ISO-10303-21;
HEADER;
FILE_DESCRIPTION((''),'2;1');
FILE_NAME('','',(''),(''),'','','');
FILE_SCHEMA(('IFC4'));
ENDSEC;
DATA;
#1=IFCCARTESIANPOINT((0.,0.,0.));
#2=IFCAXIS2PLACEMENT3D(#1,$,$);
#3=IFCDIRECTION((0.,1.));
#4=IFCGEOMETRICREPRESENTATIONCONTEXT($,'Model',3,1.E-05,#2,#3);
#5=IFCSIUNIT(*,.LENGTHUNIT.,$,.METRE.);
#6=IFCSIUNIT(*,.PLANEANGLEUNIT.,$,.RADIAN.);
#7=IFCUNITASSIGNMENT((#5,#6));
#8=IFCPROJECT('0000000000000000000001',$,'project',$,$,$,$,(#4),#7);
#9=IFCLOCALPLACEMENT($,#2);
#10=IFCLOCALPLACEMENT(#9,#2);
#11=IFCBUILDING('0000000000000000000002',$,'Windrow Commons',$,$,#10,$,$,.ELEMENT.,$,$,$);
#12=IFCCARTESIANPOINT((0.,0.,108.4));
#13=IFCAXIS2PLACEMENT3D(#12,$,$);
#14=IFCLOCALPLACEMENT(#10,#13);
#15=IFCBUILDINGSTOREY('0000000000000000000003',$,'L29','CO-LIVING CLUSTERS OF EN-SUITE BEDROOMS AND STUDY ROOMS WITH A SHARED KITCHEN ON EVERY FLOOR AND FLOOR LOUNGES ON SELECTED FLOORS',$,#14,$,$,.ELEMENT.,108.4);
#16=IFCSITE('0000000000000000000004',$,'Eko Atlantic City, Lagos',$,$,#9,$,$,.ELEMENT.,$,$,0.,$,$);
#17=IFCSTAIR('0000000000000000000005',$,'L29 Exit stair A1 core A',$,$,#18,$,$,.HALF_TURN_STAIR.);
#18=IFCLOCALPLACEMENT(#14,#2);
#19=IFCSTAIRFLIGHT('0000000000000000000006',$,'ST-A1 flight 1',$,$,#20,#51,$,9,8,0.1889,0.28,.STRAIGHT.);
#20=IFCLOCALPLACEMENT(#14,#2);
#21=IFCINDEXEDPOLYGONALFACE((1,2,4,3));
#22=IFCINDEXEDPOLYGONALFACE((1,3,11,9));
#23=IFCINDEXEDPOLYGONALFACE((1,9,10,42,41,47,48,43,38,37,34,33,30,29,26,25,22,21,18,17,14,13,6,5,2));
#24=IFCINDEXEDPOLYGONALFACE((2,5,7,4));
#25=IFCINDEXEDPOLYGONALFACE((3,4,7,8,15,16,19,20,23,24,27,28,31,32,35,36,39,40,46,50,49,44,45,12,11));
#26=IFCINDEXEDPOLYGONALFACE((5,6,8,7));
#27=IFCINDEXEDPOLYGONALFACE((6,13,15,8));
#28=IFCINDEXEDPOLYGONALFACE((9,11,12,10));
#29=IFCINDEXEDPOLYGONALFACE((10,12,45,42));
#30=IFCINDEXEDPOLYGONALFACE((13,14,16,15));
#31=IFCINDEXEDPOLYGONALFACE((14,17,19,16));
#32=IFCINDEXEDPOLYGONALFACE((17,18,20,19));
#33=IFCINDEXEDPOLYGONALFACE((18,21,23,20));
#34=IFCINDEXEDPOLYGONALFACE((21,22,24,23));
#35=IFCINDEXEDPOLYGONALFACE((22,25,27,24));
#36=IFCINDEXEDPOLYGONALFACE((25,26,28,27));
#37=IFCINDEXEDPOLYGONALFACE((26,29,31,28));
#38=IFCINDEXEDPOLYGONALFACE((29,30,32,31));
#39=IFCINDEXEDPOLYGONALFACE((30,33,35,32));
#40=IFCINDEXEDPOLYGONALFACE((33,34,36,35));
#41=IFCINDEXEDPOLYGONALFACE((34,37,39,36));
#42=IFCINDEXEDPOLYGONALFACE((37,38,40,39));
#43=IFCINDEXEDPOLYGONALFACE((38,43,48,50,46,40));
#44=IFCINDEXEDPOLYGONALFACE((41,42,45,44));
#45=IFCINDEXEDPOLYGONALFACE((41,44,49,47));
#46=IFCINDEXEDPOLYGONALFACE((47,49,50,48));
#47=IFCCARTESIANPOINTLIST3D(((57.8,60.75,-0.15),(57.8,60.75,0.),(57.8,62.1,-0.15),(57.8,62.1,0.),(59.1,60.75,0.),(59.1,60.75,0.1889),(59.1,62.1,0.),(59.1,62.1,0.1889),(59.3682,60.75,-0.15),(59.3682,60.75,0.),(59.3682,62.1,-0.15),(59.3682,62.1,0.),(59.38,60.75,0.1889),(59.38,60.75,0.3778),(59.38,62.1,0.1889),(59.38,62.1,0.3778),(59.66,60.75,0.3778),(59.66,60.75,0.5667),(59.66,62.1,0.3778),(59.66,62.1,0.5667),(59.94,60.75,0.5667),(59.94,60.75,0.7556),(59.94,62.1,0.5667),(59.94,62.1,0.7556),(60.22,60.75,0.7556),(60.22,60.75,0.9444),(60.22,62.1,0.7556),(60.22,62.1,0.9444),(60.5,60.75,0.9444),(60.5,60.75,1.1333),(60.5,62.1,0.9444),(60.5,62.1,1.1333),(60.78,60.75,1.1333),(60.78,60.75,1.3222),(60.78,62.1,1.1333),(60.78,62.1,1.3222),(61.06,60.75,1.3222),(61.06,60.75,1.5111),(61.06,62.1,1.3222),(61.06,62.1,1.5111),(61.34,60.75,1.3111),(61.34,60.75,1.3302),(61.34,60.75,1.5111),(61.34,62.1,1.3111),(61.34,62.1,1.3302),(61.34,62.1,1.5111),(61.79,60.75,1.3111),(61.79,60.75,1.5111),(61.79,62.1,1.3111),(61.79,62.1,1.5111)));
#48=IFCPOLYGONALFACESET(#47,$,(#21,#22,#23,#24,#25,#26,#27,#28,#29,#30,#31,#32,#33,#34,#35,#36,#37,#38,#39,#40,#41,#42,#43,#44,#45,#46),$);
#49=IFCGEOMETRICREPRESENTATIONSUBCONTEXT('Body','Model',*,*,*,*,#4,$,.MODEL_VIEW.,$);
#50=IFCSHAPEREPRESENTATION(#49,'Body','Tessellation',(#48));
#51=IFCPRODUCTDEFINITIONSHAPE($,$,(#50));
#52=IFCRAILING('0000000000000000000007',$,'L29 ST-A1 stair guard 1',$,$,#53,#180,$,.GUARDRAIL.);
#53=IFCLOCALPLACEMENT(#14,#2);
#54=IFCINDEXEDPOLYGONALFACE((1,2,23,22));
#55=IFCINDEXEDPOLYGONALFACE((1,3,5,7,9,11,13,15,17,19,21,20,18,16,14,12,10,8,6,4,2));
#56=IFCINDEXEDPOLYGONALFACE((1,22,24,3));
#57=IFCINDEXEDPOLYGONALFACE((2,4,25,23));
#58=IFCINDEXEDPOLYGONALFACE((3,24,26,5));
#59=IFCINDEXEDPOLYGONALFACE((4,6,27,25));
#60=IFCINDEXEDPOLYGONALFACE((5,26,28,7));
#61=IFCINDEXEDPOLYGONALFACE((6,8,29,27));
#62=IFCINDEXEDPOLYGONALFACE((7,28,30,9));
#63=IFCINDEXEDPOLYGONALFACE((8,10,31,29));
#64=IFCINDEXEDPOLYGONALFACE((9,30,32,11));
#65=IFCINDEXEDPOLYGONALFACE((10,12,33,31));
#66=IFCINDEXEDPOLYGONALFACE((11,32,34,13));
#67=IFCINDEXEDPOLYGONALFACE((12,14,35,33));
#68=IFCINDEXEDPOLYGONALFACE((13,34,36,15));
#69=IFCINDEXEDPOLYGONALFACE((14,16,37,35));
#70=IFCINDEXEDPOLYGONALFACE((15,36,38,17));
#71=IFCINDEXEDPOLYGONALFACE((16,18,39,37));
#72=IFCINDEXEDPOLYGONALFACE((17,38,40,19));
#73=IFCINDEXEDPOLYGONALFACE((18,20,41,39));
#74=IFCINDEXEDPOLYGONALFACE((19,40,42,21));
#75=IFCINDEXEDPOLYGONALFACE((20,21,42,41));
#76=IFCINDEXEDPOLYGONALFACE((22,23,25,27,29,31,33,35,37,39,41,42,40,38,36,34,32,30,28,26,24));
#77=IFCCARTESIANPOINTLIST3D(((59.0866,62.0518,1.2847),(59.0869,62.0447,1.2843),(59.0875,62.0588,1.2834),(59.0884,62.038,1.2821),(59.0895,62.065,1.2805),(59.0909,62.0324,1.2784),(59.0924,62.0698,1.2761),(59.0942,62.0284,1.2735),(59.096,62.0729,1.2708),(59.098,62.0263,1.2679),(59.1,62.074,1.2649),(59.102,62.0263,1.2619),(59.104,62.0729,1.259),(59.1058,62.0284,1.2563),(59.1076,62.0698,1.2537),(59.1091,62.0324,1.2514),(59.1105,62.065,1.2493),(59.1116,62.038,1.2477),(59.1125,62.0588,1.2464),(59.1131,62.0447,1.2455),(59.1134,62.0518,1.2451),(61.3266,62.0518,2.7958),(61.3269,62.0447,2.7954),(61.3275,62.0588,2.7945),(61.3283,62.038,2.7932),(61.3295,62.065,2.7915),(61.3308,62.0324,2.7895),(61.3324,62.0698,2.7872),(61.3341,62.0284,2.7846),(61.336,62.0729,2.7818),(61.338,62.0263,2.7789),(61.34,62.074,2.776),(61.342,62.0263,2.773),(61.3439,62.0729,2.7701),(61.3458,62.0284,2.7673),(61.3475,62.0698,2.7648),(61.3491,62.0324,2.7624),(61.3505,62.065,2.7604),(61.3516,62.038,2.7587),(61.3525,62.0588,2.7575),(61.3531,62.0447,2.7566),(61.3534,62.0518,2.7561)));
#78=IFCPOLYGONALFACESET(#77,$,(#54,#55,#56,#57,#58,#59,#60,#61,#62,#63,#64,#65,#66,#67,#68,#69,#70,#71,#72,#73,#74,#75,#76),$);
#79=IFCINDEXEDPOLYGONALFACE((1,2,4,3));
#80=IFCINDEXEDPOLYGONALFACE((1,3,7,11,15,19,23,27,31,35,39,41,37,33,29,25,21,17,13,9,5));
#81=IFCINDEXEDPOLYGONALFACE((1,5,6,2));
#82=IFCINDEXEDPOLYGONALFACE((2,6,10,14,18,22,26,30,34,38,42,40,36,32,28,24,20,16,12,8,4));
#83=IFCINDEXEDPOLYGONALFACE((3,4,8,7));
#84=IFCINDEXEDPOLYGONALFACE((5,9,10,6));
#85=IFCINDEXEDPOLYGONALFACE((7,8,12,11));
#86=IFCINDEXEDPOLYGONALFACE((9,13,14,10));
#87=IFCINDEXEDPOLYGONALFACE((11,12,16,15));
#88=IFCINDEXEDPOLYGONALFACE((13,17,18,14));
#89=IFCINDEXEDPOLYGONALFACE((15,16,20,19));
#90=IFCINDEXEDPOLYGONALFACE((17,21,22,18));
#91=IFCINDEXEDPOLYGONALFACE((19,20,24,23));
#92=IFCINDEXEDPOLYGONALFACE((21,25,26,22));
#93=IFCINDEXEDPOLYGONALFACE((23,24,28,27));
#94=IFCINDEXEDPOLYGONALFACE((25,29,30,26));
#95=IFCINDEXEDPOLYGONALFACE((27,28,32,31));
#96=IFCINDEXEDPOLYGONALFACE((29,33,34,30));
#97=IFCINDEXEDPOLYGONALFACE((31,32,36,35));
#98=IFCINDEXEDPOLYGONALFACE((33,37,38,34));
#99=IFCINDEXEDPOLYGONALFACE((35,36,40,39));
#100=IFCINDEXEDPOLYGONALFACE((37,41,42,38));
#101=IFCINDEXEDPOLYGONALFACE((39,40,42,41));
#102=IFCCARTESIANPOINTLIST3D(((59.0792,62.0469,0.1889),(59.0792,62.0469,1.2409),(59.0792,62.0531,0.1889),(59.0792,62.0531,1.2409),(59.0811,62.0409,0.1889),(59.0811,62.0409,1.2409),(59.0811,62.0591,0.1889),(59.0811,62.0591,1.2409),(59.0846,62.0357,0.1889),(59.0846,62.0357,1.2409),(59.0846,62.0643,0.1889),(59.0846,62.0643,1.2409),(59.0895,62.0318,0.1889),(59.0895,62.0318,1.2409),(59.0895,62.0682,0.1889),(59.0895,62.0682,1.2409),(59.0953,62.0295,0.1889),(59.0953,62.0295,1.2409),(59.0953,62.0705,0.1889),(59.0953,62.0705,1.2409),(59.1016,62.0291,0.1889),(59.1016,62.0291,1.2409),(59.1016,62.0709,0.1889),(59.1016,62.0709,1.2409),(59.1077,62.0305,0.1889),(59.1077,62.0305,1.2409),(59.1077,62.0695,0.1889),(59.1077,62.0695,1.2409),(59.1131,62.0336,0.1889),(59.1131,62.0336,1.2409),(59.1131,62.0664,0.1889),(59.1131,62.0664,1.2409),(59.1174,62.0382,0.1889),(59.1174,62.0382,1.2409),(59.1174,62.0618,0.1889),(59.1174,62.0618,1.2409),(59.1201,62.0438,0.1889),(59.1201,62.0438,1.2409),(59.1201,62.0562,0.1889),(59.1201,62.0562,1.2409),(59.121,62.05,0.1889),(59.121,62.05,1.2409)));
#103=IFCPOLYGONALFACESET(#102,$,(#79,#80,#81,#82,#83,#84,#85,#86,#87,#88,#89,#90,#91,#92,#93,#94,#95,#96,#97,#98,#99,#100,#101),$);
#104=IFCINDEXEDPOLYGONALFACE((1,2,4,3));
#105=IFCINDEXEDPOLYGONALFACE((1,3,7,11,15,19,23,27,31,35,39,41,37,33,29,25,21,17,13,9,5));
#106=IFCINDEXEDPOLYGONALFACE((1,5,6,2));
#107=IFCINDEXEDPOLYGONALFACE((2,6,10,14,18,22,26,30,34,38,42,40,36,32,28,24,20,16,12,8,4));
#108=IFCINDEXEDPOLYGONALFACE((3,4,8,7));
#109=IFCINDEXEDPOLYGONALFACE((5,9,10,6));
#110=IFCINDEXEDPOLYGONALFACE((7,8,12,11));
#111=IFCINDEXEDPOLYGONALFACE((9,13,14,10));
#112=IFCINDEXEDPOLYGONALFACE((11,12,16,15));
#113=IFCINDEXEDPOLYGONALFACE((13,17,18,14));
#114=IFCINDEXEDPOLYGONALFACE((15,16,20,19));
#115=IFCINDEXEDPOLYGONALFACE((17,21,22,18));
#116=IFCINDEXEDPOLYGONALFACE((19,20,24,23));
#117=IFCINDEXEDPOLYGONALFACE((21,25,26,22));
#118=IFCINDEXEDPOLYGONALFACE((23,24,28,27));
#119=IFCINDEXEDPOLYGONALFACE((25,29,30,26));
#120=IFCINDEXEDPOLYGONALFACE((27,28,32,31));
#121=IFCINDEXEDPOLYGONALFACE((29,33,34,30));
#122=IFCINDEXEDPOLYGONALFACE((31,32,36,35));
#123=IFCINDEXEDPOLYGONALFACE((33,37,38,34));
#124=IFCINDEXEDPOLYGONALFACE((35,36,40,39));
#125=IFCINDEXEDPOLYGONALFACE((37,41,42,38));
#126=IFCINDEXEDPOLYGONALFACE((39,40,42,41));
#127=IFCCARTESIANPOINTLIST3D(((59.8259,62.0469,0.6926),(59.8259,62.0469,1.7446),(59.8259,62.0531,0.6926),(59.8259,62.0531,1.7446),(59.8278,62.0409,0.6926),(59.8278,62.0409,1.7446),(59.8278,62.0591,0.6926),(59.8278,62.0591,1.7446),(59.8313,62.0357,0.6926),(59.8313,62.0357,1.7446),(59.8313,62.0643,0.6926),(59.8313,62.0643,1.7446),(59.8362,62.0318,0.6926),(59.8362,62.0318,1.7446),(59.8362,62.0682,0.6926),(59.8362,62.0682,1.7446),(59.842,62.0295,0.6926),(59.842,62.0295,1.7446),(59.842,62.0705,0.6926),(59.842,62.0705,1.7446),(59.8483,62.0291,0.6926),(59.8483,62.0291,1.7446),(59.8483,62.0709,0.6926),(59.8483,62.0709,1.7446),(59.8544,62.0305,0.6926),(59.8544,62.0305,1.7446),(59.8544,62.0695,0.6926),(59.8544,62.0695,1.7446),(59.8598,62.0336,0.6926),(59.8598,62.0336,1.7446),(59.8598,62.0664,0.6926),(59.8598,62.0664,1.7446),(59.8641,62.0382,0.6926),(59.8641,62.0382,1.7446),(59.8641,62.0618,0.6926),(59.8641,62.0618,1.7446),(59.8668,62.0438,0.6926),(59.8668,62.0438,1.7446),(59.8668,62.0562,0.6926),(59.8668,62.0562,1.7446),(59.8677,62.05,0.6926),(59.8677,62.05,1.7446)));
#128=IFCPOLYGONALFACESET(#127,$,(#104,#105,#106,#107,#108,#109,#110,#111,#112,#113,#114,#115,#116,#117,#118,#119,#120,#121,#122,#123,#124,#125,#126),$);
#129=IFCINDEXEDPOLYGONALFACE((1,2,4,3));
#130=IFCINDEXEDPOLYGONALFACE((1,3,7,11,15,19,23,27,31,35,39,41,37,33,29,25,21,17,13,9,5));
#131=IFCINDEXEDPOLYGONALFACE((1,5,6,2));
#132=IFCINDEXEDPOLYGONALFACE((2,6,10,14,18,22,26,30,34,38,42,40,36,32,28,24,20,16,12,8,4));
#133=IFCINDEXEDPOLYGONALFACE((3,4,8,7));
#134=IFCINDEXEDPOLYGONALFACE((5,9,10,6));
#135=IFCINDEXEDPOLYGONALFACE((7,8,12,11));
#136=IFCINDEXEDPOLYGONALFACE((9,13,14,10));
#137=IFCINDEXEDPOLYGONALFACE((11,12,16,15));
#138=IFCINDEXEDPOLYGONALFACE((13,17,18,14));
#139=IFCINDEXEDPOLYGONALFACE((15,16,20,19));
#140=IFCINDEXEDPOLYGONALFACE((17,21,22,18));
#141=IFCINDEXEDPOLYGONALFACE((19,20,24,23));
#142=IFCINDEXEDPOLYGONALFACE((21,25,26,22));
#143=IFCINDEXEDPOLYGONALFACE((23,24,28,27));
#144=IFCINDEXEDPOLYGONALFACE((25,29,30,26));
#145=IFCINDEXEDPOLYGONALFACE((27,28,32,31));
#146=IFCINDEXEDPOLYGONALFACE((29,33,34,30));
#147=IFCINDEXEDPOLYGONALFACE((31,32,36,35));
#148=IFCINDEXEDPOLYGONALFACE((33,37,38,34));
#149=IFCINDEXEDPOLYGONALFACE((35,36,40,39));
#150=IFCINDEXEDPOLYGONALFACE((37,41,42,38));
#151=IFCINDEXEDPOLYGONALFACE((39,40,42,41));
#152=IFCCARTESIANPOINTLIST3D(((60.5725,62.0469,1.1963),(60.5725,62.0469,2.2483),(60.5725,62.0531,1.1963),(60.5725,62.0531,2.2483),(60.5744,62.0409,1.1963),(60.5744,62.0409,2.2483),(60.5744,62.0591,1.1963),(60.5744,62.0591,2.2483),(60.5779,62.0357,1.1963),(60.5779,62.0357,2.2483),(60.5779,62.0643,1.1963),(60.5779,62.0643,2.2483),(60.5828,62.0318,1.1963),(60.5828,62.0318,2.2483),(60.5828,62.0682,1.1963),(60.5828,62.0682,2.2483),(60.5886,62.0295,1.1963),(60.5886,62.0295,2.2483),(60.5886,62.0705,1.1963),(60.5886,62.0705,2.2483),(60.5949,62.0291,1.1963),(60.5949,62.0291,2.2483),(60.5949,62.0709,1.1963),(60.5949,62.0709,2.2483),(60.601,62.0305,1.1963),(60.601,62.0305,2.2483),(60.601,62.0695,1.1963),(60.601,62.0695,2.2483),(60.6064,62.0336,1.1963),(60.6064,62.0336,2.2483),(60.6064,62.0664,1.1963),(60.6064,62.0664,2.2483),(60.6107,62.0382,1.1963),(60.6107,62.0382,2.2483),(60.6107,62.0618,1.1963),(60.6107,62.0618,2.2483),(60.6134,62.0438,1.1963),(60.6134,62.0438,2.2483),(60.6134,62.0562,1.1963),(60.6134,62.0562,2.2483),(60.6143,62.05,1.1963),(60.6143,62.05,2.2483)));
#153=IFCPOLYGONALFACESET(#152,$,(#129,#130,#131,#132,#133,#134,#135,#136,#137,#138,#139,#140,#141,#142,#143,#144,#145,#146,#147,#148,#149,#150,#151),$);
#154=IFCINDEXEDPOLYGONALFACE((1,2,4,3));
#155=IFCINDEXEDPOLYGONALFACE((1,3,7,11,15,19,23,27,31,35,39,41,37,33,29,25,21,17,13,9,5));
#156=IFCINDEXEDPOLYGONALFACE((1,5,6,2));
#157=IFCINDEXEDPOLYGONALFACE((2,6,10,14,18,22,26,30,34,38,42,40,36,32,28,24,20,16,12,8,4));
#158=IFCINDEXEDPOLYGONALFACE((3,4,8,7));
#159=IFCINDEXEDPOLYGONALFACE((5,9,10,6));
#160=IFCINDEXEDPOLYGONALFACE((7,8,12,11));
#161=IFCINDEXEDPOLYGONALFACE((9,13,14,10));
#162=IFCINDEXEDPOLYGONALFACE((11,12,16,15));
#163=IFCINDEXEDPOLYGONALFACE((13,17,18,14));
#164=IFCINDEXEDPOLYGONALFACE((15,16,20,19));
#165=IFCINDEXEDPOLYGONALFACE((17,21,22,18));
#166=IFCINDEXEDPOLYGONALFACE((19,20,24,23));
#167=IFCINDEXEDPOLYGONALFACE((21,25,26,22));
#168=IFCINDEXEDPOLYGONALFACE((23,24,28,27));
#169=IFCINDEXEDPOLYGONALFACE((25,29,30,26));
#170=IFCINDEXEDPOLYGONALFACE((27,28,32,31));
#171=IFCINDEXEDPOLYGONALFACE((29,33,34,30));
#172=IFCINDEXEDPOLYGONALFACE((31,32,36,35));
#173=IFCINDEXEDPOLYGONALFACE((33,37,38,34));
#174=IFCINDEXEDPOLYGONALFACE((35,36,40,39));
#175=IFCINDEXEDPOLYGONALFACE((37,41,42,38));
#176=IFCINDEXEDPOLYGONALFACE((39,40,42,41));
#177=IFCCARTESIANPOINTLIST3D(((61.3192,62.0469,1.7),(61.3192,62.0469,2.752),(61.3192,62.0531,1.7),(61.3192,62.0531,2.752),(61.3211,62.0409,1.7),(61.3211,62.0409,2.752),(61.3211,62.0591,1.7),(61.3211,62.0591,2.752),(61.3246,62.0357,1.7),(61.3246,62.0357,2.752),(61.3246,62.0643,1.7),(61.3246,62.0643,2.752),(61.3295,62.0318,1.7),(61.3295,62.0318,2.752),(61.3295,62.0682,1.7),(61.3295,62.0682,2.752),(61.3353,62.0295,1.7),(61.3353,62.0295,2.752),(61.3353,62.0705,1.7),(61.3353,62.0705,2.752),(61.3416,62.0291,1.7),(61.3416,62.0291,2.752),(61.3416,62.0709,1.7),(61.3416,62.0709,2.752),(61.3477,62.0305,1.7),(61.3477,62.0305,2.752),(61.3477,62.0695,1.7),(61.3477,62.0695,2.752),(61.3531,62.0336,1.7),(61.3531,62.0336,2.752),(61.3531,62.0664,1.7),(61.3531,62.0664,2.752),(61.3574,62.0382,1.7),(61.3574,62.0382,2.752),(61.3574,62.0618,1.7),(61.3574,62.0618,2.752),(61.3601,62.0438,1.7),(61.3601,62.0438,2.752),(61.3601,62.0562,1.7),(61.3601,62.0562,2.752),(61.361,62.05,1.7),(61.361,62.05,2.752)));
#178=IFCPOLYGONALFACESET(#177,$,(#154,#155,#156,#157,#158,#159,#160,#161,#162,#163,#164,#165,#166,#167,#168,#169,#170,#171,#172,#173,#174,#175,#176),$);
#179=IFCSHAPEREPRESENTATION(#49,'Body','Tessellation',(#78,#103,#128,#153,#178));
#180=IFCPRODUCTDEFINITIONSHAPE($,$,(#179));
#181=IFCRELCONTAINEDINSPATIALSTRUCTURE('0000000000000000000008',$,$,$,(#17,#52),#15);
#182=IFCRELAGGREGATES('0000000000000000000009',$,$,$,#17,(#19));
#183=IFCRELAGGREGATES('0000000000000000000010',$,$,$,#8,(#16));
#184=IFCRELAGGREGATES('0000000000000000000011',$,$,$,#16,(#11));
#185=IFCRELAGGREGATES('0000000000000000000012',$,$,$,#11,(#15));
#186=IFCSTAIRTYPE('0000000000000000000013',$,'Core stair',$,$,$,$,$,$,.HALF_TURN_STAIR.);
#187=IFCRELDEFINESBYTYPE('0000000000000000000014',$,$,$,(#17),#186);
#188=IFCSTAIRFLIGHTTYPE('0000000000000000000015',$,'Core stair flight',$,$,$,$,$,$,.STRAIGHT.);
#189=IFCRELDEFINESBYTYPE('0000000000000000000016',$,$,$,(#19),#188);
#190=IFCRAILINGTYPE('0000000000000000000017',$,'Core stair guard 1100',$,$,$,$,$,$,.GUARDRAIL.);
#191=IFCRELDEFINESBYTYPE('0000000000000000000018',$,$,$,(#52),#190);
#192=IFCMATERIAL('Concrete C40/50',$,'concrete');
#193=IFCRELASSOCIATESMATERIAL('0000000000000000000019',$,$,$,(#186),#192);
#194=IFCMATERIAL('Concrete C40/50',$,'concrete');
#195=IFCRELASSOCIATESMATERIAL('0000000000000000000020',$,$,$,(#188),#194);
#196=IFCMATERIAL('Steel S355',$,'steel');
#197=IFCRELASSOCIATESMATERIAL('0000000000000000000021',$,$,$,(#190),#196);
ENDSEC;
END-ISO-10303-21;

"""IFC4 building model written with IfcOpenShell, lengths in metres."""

from ifc_helpers import new_model, si_unit, direction, frame, origin, origin_2d, place, context, subcontext, project, spatial, polyline, circle, outline, extrude, material, type_object, element, aggregate, save


model = new_model("IFC4")

# Units and contexts
model_context = context("Model", 3, precision=1e-05, world=origin(), true_north=direction((0.0, 1.0)))
body_context = subcontext(model_context, "Body", "Model", "MODEL_VIEW")
ifc_project = project(units=[si_unit("LENGTHUNIT", "METRE"), si_unit("PLANEANGLEUNIT", "RADIAN")], contexts=[model_context])

# Site, building, storey
site_placement = place(None, origin())
site = spatial("IfcSite", under=ifc_project, at=site_placement, Name="Eko Atlantic City, Lagos", CompositionType="ELEMENT", RefElevation=0.0)
building_placement = place(site_placement, origin())
building = spatial("IfcBuilding", under=site, at=building_placement, Name="Windrow Commons", CompositionType="ELEMENT")
storey_placement = place(building_placement, frame((0.0, 0.0, 108.4)))
storey = spatial("IfcBuildingStorey", under=building, at=storey_placement, Name="L29", Description="CO-LIVING CLUSTERS OF EN-SUITE BEDROOMS AND STUDY ROOMS WITH A SHARED KITCHEN ON EVERY FLOOR AND FLOOR LOUNGES ON SELECTED FLOORS", CompositionType="ELEMENT", Elevation=108.4)

# Stair, stair flight
ifc_material_1 = material(Name="Concrete C40/50", Category="concrete")
stair_type = type_object("IfcStairType", Name="Core stair", PredefinedType="HALF_TURN_STAIR", material=ifc_material_1)
stair_placement = place(storey_placement, origin())
stair = element("IfcStair", 1, at=stair_placement, inside=storey, type_object=stair_type, Name="L29 Exit stair A1 core A", PredefinedType="HALF_TURN_STAIR")
ifc_material_2 = material(Name="Concrete C40/50", Category="concrete")
stair_flight_type = type_object("IfcStairFlightType", Name="Core stair flight", PredefinedType="STRAIGHT", material=ifc_material_2)
stair_flight_placement = place(storey_placement, frame((59.1, 61.425, 0.0), z_axis=(0.0, 0.0, 1.0), x_axis=(1.0, 0.0, 0.0)))
stair_flight = element("IfcStairFlight", 2, at=stair_flight_placement, type_object=stair_flight_type, Name="ST-A1 flight 1", NumberOfRisers=9, NumberOfTreads=8, PredefinedType="STRAIGHT", RiserHeight=0.1889, TreadLength=0.28, context=body_context, shape_type="SweptSolid", body=[
    extrude(outline(polyline([(-1.3, -0.15), (-1.3, 0.0), (0.0, 0.0), (0.0, 0.1889), (0.28, 0.1889), (0.28, 0.3778), (0.56, 0.3778), (0.56, 0.5667), (0.84, 0.5667), (0.84, 0.7556), (1.12, 0.7556), (1.12, 0.9444), (1.4, 0.9444), (1.4, 1.1333), (1.68, 1.1333), (1.68, 1.3222), (1.96, 1.3222), (1.96, 1.5111), (2.24, 1.5111), (2.69, 1.5111), (2.69, 1.3111), (2.24, 1.3111), (2.24, 1.3302), (0.2682, 0.0), (0.2682, -0.15), (-1.3, -0.15)])), frame((0.0, 0.675, 0.0), z_axis=(0.0, -1.0, 0.0), x_axis=(1.0, 0.0, 0.0)), (0.0, 0.0, 1.0), 1.35),
])
aggregate(stair, [stair_flight])

# Railing
ifc_material_3 = material(Name="Steel S355", Category="steel")
railing_type_1 = type_object("IfcRailingType", Name="Core stair guard 1100", PredefinedType="GUARDRAIL", material=ifc_material_3)
railing_1_placement = place(storey_placement, frame((59.1, 62.05, 0.1889)))
element("IfcRailing", 3, at=railing_1_placement, inside=storey, type_object=railing_type_1, Name="L29 ST-A1 stair guard 1", PredefinedType="GUARDRAIL", context=body_context, shape_type="SweptSolid", body=[
    extrude(circle(Radius=0.024, at=origin_2d()), frame((0.0, 0.0, 1.076), z_axis=(0.829003, 0.0, 0.559244), x_axis=(0.0, 1.0, 0.0)), (0.0, 0.0, 1.0), 2.702),
    extrude(circle(Radius=0.021, at=origin_2d()), origin(), (0.0, 0.0, 1.0), 1.052),
    extrude(circle(Radius=0.021, at=origin_2d()), frame((0.7467, 0.0, 0.5037)), (0.0, 0.0, 1.0), 1.052),
    extrude(circle(Radius=0.021, at=origin_2d()), frame((1.4933, 0.0, 1.0074)), (0.0, 0.0, 1.0), 1.052),
    extrude(circle(Radius=0.021, at=origin_2d()), frame((2.24, 0.0, 1.5111)), (0.0, 0.0, 1.0), 1.052),
])

save(model, "model.ifc")
